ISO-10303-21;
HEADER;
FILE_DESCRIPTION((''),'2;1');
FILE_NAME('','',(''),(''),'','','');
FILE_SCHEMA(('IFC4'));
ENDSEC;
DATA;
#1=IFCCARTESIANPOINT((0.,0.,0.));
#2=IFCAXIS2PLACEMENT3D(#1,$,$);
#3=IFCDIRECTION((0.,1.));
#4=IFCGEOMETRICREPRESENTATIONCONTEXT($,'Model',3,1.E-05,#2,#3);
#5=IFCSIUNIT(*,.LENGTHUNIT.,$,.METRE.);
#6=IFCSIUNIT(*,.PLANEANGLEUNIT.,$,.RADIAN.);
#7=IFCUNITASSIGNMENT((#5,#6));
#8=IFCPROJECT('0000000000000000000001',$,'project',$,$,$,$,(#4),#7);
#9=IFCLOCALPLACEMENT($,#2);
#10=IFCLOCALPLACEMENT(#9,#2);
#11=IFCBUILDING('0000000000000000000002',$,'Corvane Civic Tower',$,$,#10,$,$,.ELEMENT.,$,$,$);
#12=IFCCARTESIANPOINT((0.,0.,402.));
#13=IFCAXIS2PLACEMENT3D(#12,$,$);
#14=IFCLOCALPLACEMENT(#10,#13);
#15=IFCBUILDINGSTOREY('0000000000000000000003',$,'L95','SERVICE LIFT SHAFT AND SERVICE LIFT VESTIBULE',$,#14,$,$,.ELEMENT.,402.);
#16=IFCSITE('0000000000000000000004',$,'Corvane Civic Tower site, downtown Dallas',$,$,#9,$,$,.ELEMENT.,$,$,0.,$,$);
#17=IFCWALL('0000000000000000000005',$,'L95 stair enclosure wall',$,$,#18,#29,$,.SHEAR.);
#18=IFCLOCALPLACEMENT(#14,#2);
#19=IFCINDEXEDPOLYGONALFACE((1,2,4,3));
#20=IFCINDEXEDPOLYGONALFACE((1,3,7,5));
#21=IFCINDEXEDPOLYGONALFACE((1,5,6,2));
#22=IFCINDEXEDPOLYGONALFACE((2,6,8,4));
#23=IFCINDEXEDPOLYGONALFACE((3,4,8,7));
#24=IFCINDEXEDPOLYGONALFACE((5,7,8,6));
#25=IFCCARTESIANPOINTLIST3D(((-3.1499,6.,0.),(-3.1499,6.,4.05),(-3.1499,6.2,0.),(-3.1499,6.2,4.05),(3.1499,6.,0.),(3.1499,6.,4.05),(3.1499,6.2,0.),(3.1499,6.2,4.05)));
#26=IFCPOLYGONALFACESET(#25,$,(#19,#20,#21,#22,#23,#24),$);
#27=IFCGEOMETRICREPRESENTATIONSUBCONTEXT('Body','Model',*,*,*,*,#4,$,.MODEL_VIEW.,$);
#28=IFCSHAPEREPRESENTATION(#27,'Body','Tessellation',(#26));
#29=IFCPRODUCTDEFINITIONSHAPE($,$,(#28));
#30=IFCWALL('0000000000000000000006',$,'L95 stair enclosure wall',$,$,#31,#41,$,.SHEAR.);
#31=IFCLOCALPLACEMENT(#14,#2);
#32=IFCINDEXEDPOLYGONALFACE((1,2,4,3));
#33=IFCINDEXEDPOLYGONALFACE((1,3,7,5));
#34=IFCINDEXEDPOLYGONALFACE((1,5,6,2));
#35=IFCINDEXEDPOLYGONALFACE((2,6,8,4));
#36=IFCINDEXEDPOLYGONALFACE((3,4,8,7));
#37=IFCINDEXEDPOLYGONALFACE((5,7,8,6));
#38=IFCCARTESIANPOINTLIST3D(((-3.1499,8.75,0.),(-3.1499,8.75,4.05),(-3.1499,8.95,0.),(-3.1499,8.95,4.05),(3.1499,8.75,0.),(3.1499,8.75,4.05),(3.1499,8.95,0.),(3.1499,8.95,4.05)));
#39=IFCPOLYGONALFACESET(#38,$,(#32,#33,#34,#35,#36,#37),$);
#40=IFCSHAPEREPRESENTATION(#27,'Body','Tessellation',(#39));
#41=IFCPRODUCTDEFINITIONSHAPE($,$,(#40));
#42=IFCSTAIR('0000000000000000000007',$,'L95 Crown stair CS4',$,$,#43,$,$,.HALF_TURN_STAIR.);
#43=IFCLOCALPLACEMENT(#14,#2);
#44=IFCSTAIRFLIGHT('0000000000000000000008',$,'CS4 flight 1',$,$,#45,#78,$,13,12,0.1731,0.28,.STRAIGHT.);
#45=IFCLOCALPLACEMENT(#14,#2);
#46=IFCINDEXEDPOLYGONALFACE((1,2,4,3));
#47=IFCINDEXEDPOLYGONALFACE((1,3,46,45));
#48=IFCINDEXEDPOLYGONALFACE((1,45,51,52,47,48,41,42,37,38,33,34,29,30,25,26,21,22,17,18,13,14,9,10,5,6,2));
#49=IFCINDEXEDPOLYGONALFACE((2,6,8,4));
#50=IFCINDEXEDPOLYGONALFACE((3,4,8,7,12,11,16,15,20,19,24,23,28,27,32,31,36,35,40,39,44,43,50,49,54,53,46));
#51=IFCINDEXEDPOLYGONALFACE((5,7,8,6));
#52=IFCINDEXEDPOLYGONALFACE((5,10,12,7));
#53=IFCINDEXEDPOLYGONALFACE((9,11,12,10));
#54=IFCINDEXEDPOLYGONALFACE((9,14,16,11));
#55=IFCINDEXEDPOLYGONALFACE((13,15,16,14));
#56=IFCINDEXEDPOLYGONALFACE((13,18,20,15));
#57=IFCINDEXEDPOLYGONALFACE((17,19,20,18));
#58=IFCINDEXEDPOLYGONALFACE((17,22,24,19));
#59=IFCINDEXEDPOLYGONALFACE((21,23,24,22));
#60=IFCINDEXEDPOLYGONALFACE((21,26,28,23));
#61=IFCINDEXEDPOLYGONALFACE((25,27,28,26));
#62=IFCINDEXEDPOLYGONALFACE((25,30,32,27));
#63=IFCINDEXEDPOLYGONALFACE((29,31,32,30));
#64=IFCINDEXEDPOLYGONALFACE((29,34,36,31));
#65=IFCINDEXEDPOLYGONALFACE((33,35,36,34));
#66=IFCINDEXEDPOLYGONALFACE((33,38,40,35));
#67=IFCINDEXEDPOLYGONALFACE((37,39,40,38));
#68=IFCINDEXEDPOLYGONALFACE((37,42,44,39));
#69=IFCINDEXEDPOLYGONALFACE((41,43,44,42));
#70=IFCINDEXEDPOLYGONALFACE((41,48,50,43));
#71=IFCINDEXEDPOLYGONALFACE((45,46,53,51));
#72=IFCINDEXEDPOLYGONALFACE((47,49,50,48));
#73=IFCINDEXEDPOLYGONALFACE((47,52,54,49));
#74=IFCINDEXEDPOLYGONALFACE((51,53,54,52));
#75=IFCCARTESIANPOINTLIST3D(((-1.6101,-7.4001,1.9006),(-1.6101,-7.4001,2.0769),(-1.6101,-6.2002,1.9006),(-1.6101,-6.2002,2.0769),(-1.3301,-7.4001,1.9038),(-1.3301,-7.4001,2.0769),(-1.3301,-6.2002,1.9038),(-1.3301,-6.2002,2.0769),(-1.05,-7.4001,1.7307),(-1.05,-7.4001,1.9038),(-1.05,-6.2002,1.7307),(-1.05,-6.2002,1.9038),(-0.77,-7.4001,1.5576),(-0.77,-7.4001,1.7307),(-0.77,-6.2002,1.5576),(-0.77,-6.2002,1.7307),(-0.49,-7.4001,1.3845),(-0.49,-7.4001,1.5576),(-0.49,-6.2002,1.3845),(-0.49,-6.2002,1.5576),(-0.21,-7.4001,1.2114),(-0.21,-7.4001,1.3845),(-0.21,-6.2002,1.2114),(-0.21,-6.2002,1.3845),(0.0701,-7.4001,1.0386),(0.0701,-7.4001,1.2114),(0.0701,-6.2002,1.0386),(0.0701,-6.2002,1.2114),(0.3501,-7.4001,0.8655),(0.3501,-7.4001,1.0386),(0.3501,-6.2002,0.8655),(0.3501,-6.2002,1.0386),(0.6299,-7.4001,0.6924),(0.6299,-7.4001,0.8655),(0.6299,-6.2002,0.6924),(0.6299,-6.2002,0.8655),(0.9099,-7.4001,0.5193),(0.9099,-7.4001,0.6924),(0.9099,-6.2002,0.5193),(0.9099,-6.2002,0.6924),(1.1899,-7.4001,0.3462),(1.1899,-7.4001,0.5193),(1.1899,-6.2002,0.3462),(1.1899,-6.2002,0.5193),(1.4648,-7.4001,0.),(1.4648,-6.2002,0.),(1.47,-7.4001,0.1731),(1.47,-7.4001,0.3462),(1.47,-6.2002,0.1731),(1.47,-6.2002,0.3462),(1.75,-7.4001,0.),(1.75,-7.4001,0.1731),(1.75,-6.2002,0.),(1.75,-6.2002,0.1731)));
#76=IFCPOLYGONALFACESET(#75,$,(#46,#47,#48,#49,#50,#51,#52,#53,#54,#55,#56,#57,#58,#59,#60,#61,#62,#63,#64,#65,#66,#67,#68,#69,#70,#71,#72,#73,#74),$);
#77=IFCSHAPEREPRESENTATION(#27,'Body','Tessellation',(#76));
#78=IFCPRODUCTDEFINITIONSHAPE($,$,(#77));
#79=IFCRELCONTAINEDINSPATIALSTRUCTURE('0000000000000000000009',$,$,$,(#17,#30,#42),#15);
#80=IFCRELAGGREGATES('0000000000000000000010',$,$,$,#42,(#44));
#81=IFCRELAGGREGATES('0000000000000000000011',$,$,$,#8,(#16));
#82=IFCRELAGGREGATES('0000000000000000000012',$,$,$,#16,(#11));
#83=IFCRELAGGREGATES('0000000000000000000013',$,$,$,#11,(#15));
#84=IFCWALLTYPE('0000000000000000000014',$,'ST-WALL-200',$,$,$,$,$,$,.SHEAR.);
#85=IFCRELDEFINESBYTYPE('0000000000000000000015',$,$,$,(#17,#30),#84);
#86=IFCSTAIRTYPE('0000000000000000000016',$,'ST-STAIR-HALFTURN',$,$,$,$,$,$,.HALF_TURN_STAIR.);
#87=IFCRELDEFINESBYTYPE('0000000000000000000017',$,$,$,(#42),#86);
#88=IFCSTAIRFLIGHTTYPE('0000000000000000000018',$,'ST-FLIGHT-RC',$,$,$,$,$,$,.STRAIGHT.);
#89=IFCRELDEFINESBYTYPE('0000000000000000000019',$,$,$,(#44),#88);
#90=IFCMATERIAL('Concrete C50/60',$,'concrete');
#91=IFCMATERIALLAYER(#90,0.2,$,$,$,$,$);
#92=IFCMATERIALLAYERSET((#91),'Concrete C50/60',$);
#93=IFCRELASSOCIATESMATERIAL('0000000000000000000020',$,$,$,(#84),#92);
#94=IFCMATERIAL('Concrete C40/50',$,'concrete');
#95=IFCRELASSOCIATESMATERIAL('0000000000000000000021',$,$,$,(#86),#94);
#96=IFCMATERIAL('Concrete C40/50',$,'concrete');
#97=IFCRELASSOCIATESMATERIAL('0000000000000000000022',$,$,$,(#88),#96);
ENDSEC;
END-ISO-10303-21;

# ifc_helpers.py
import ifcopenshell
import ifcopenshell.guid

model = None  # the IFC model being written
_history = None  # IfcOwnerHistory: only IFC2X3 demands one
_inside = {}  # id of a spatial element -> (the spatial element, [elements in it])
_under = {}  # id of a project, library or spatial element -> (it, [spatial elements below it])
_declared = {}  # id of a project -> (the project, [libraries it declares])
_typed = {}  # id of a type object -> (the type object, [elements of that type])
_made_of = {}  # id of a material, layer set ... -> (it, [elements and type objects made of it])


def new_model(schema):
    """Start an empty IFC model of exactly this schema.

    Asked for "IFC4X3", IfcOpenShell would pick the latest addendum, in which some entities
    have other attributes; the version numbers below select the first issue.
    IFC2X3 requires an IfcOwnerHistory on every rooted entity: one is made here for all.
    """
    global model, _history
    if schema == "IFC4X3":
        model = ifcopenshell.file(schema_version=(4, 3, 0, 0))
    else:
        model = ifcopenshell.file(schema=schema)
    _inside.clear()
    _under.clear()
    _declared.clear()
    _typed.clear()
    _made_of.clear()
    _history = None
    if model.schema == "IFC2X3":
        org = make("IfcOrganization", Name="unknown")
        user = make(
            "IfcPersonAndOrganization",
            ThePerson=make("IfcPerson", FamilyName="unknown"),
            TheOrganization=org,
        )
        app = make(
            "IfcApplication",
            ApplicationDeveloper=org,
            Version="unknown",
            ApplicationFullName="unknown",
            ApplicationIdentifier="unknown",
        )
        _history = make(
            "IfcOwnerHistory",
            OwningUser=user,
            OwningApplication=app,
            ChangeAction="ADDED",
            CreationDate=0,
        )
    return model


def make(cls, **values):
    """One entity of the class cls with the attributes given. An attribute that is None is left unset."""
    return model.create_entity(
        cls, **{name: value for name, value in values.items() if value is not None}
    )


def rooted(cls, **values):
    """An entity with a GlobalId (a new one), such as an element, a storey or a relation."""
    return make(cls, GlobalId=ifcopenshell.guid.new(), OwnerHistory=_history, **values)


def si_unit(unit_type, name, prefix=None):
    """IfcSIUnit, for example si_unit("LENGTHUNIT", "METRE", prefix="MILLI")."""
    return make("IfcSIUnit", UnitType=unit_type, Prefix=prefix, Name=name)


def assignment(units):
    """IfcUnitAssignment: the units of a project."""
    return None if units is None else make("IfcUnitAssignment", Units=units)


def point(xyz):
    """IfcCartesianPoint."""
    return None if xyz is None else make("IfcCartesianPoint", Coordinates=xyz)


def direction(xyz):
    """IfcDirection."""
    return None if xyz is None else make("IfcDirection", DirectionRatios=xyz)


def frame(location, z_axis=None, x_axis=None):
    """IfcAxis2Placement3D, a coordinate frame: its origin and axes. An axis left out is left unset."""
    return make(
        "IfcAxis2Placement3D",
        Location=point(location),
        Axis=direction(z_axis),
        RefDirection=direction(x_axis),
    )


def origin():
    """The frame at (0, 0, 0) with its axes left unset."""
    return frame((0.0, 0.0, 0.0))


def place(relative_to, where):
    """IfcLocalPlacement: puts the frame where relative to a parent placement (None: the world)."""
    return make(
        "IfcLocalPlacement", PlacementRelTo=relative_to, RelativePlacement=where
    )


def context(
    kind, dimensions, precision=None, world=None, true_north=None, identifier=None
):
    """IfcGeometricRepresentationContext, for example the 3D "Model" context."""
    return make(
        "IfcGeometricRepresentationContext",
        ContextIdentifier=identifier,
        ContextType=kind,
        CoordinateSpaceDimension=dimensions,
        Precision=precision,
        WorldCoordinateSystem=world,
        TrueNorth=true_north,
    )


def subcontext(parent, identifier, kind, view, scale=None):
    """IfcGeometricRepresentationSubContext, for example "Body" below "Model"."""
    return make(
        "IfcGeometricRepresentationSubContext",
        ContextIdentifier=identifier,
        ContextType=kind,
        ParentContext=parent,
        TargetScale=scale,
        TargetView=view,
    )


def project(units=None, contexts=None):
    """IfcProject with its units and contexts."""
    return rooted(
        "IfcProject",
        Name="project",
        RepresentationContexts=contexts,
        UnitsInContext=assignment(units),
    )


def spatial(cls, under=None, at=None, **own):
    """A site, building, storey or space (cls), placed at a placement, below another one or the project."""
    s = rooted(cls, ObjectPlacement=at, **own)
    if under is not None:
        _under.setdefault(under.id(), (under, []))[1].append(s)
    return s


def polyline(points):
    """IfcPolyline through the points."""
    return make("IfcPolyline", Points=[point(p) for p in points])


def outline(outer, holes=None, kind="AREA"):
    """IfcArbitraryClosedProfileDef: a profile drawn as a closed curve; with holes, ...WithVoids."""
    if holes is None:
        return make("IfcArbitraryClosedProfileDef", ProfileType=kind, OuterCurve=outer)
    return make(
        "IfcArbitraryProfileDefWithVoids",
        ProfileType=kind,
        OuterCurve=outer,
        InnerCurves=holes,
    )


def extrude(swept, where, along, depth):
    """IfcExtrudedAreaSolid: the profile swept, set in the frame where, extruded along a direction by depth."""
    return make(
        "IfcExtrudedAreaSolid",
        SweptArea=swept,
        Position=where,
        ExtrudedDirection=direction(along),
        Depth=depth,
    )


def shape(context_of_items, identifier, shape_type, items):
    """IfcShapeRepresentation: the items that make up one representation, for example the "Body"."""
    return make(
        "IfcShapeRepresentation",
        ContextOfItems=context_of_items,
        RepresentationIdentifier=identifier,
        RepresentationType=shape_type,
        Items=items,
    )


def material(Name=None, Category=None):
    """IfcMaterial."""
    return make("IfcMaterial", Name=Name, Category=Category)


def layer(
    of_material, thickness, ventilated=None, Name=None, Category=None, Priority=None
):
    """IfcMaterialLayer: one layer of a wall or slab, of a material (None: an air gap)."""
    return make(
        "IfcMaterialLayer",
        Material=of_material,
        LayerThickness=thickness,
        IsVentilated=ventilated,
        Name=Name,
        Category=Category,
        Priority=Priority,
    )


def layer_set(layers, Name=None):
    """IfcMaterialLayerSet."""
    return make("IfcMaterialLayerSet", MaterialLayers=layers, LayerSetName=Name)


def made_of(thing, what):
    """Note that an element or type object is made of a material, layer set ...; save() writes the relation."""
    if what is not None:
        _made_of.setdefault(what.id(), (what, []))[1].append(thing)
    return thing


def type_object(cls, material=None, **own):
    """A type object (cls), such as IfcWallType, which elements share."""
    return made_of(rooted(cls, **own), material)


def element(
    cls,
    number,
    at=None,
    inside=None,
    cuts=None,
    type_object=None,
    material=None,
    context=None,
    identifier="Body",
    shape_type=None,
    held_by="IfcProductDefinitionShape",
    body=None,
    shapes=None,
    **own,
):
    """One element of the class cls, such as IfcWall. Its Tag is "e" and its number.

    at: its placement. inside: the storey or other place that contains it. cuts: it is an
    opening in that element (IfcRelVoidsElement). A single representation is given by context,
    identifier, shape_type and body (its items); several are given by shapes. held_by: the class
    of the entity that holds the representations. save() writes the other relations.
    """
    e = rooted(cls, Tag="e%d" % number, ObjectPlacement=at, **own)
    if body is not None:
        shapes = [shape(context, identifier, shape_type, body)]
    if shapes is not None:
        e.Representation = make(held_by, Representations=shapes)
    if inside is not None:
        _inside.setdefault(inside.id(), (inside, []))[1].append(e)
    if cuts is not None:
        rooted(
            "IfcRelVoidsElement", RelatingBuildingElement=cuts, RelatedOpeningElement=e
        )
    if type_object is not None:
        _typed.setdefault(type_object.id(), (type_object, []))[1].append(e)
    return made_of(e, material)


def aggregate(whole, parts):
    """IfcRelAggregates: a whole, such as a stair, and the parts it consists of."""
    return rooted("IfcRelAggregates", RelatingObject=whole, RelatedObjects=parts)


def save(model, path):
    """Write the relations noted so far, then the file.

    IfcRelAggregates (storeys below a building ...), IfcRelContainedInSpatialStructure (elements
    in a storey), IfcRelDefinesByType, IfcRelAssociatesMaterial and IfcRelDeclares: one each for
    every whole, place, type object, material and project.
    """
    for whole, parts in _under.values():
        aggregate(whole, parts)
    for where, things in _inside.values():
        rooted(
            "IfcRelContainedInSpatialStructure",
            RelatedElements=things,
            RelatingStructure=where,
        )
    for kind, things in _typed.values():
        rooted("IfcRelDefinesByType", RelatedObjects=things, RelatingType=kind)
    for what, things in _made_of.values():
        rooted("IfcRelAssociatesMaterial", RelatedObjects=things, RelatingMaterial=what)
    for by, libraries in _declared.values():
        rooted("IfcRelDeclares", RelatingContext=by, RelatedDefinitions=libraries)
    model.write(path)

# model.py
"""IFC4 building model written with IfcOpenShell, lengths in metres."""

from ifc_helpers import new_model, si_unit, direction, frame, origin, place, context, subcontext, project, spatial, polyline, outline, extrude, material, layer, layer_set, type_object, element, aggregate, save


model = new_model("IFC4")

# Units and contexts
model_context = context("Model", 3, precision=1e-05, world=origin(), true_north=direction((0.0, 1.0)))
body_context = subcontext(model_context, "Body", "Model", "MODEL_VIEW")
ifc_project = project(units=[si_unit("LENGTHUNIT", "METRE"), si_unit("PLANEANGLEUNIT", "RADIAN")], contexts=[model_context])

# Site, building, storey
site_placement = place(None, origin())
site = spatial("IfcSite", under=ifc_project, at=site_placement, Name="Corvane Civic Tower site, downtown Dallas", CompositionType="ELEMENT", RefElevation=0.0)
building_placement = place(site_placement, origin())
building = spatial("IfcBuilding", under=site, at=building_placement, Name="Corvane Civic Tower", CompositionType="ELEMENT")
storey_placement = place(building_placement, frame((0.0, 0.0, 402.0)))
storey = spatial("IfcBuildingStorey", under=building, at=storey_placement, Name="L95", Description="SERVICE LIFT SHAFT AND SERVICE LIFT VESTIBULE", CompositionType="ELEMENT", Elevation=402.0)

# Shared definitions
ifc_material_1 = material(Name="Concrete C50/60", Category="concrete")
ifc_layer_1 = layer(ifc_material_1, 0.2)
ifc_layer_set_1 = layer_set([ifc_layer_1], Name="Concrete C50/60")
wall_type_1 = type_object("IfcWallType", Name="ST-WALL-200", PredefinedType="SHEAR", material=ifc_layer_set_1)

# Walls
wall_1_placement = place(storey_placement, origin())
element("IfcWall", 1, at=wall_1_placement, inside=storey, type_object=wall_type_1, Name="L95 stair enclosure wall", PredefinedType="SHEAR", context=body_context, shape_type="SweptSolid", body=[
    extrude(outline(polyline([(3.1499, 6.0), (-3.1499, 6.0), (-3.1499, 6.2), (3.1499, 6.2), (3.1499, 6.0)])), origin(), (0.0, 0.0, 1.0), 4.05),
])
wall_2_placement = place(storey_placement, origin())
element("IfcWall", 2, at=wall_2_placement, inside=storey, type_object=wall_type_1, Name="L95 stair enclosure wall", PredefinedType="SHEAR", context=body_context, shape_type="SweptSolid", body=[
    extrude(outline(polyline([(3.1499, 8.75), (-3.1499, 8.75), (-3.1499, 8.95), (3.1499, 8.95), (3.1499, 8.75)])), origin(), (0.0, 0.0, 1.0), 4.05),
])

# Stair, stair flight
ifc_material_2 = material(Name="Concrete C40/50", Category="concrete")
stair_type = type_object("IfcStairType", Name="ST-STAIR-HALFTURN", PredefinedType="HALF_TURN_STAIR", material=ifc_material_2)
stair_placement = place(storey_placement, origin())
stair = element("IfcStair", 3, at=stair_placement, inside=storey, type_object=stair_type, Name="L95 Crown stair CS4", PredefinedType="HALF_TURN_STAIR")
ifc_material_3 = material(Name="Concrete C40/50", Category="concrete")
stair_flight_type = type_object("IfcStairFlightType", Name="ST-FLIGHT-RC", PredefinedType="STRAIGHT", material=ifc_material_3)
stair_flight_placement = place(storey_placement, frame((1.75, -6.8, 0.0), z_axis=(0.0, 0.0, 1.0), x_axis=(-1.0, 0.0, 0.0)))
stair_flight = element("IfcStairFlight", 4, at=stair_flight_placement, type_object=stair_flight_type, Name="CS4 flight 1", NumberOfRisers=13, NumberOfTreads=12, PredefinedType="STRAIGHT", RiserHeight=0.1731, TreadLength=0.28, context=body_context, shape_type="SweptSolid", body=[
    extrude(outline(polyline([(0.0, 0.0), (0.0, 0.1731), (0.28, 0.1731), (0.28, 0.3462), (0.5601, 0.3462), (0.5601, 0.5193), (0.8401, 0.5193), (0.8401, 0.6924), (1.1201, 0.6924), (1.1201, 0.8655), (1.3999, 0.8655), (1.3999, 1.0386), (1.6799, 1.0386), (1.6799, 1.2114), (1.96, 1.2114), (1.96, 1.3845), (2.24, 1.3845), (2.24, 1.5576), (2.52, 1.5576), (2.52, 1.7307), (2.8, 1.7307), (2.8, 1.9038), (3.0801, 1.9038), (3.0801, 2.0769), (3.3601, 2.0769), (3.3601, 2.25), (3.3601, 1.9006), (0.2852, 0.0), (0.0, 0.0)])), frame((0.0, 0.6001, 0.0), z_axis=(0.0, -1.0, 0.0), x_axis=(1.0, 0.0, 0.0)), (0.0, 0.0, 1.0), 1.2),
])
aggregate(stair, [stair_flight])

save(model, "model.ifc")
